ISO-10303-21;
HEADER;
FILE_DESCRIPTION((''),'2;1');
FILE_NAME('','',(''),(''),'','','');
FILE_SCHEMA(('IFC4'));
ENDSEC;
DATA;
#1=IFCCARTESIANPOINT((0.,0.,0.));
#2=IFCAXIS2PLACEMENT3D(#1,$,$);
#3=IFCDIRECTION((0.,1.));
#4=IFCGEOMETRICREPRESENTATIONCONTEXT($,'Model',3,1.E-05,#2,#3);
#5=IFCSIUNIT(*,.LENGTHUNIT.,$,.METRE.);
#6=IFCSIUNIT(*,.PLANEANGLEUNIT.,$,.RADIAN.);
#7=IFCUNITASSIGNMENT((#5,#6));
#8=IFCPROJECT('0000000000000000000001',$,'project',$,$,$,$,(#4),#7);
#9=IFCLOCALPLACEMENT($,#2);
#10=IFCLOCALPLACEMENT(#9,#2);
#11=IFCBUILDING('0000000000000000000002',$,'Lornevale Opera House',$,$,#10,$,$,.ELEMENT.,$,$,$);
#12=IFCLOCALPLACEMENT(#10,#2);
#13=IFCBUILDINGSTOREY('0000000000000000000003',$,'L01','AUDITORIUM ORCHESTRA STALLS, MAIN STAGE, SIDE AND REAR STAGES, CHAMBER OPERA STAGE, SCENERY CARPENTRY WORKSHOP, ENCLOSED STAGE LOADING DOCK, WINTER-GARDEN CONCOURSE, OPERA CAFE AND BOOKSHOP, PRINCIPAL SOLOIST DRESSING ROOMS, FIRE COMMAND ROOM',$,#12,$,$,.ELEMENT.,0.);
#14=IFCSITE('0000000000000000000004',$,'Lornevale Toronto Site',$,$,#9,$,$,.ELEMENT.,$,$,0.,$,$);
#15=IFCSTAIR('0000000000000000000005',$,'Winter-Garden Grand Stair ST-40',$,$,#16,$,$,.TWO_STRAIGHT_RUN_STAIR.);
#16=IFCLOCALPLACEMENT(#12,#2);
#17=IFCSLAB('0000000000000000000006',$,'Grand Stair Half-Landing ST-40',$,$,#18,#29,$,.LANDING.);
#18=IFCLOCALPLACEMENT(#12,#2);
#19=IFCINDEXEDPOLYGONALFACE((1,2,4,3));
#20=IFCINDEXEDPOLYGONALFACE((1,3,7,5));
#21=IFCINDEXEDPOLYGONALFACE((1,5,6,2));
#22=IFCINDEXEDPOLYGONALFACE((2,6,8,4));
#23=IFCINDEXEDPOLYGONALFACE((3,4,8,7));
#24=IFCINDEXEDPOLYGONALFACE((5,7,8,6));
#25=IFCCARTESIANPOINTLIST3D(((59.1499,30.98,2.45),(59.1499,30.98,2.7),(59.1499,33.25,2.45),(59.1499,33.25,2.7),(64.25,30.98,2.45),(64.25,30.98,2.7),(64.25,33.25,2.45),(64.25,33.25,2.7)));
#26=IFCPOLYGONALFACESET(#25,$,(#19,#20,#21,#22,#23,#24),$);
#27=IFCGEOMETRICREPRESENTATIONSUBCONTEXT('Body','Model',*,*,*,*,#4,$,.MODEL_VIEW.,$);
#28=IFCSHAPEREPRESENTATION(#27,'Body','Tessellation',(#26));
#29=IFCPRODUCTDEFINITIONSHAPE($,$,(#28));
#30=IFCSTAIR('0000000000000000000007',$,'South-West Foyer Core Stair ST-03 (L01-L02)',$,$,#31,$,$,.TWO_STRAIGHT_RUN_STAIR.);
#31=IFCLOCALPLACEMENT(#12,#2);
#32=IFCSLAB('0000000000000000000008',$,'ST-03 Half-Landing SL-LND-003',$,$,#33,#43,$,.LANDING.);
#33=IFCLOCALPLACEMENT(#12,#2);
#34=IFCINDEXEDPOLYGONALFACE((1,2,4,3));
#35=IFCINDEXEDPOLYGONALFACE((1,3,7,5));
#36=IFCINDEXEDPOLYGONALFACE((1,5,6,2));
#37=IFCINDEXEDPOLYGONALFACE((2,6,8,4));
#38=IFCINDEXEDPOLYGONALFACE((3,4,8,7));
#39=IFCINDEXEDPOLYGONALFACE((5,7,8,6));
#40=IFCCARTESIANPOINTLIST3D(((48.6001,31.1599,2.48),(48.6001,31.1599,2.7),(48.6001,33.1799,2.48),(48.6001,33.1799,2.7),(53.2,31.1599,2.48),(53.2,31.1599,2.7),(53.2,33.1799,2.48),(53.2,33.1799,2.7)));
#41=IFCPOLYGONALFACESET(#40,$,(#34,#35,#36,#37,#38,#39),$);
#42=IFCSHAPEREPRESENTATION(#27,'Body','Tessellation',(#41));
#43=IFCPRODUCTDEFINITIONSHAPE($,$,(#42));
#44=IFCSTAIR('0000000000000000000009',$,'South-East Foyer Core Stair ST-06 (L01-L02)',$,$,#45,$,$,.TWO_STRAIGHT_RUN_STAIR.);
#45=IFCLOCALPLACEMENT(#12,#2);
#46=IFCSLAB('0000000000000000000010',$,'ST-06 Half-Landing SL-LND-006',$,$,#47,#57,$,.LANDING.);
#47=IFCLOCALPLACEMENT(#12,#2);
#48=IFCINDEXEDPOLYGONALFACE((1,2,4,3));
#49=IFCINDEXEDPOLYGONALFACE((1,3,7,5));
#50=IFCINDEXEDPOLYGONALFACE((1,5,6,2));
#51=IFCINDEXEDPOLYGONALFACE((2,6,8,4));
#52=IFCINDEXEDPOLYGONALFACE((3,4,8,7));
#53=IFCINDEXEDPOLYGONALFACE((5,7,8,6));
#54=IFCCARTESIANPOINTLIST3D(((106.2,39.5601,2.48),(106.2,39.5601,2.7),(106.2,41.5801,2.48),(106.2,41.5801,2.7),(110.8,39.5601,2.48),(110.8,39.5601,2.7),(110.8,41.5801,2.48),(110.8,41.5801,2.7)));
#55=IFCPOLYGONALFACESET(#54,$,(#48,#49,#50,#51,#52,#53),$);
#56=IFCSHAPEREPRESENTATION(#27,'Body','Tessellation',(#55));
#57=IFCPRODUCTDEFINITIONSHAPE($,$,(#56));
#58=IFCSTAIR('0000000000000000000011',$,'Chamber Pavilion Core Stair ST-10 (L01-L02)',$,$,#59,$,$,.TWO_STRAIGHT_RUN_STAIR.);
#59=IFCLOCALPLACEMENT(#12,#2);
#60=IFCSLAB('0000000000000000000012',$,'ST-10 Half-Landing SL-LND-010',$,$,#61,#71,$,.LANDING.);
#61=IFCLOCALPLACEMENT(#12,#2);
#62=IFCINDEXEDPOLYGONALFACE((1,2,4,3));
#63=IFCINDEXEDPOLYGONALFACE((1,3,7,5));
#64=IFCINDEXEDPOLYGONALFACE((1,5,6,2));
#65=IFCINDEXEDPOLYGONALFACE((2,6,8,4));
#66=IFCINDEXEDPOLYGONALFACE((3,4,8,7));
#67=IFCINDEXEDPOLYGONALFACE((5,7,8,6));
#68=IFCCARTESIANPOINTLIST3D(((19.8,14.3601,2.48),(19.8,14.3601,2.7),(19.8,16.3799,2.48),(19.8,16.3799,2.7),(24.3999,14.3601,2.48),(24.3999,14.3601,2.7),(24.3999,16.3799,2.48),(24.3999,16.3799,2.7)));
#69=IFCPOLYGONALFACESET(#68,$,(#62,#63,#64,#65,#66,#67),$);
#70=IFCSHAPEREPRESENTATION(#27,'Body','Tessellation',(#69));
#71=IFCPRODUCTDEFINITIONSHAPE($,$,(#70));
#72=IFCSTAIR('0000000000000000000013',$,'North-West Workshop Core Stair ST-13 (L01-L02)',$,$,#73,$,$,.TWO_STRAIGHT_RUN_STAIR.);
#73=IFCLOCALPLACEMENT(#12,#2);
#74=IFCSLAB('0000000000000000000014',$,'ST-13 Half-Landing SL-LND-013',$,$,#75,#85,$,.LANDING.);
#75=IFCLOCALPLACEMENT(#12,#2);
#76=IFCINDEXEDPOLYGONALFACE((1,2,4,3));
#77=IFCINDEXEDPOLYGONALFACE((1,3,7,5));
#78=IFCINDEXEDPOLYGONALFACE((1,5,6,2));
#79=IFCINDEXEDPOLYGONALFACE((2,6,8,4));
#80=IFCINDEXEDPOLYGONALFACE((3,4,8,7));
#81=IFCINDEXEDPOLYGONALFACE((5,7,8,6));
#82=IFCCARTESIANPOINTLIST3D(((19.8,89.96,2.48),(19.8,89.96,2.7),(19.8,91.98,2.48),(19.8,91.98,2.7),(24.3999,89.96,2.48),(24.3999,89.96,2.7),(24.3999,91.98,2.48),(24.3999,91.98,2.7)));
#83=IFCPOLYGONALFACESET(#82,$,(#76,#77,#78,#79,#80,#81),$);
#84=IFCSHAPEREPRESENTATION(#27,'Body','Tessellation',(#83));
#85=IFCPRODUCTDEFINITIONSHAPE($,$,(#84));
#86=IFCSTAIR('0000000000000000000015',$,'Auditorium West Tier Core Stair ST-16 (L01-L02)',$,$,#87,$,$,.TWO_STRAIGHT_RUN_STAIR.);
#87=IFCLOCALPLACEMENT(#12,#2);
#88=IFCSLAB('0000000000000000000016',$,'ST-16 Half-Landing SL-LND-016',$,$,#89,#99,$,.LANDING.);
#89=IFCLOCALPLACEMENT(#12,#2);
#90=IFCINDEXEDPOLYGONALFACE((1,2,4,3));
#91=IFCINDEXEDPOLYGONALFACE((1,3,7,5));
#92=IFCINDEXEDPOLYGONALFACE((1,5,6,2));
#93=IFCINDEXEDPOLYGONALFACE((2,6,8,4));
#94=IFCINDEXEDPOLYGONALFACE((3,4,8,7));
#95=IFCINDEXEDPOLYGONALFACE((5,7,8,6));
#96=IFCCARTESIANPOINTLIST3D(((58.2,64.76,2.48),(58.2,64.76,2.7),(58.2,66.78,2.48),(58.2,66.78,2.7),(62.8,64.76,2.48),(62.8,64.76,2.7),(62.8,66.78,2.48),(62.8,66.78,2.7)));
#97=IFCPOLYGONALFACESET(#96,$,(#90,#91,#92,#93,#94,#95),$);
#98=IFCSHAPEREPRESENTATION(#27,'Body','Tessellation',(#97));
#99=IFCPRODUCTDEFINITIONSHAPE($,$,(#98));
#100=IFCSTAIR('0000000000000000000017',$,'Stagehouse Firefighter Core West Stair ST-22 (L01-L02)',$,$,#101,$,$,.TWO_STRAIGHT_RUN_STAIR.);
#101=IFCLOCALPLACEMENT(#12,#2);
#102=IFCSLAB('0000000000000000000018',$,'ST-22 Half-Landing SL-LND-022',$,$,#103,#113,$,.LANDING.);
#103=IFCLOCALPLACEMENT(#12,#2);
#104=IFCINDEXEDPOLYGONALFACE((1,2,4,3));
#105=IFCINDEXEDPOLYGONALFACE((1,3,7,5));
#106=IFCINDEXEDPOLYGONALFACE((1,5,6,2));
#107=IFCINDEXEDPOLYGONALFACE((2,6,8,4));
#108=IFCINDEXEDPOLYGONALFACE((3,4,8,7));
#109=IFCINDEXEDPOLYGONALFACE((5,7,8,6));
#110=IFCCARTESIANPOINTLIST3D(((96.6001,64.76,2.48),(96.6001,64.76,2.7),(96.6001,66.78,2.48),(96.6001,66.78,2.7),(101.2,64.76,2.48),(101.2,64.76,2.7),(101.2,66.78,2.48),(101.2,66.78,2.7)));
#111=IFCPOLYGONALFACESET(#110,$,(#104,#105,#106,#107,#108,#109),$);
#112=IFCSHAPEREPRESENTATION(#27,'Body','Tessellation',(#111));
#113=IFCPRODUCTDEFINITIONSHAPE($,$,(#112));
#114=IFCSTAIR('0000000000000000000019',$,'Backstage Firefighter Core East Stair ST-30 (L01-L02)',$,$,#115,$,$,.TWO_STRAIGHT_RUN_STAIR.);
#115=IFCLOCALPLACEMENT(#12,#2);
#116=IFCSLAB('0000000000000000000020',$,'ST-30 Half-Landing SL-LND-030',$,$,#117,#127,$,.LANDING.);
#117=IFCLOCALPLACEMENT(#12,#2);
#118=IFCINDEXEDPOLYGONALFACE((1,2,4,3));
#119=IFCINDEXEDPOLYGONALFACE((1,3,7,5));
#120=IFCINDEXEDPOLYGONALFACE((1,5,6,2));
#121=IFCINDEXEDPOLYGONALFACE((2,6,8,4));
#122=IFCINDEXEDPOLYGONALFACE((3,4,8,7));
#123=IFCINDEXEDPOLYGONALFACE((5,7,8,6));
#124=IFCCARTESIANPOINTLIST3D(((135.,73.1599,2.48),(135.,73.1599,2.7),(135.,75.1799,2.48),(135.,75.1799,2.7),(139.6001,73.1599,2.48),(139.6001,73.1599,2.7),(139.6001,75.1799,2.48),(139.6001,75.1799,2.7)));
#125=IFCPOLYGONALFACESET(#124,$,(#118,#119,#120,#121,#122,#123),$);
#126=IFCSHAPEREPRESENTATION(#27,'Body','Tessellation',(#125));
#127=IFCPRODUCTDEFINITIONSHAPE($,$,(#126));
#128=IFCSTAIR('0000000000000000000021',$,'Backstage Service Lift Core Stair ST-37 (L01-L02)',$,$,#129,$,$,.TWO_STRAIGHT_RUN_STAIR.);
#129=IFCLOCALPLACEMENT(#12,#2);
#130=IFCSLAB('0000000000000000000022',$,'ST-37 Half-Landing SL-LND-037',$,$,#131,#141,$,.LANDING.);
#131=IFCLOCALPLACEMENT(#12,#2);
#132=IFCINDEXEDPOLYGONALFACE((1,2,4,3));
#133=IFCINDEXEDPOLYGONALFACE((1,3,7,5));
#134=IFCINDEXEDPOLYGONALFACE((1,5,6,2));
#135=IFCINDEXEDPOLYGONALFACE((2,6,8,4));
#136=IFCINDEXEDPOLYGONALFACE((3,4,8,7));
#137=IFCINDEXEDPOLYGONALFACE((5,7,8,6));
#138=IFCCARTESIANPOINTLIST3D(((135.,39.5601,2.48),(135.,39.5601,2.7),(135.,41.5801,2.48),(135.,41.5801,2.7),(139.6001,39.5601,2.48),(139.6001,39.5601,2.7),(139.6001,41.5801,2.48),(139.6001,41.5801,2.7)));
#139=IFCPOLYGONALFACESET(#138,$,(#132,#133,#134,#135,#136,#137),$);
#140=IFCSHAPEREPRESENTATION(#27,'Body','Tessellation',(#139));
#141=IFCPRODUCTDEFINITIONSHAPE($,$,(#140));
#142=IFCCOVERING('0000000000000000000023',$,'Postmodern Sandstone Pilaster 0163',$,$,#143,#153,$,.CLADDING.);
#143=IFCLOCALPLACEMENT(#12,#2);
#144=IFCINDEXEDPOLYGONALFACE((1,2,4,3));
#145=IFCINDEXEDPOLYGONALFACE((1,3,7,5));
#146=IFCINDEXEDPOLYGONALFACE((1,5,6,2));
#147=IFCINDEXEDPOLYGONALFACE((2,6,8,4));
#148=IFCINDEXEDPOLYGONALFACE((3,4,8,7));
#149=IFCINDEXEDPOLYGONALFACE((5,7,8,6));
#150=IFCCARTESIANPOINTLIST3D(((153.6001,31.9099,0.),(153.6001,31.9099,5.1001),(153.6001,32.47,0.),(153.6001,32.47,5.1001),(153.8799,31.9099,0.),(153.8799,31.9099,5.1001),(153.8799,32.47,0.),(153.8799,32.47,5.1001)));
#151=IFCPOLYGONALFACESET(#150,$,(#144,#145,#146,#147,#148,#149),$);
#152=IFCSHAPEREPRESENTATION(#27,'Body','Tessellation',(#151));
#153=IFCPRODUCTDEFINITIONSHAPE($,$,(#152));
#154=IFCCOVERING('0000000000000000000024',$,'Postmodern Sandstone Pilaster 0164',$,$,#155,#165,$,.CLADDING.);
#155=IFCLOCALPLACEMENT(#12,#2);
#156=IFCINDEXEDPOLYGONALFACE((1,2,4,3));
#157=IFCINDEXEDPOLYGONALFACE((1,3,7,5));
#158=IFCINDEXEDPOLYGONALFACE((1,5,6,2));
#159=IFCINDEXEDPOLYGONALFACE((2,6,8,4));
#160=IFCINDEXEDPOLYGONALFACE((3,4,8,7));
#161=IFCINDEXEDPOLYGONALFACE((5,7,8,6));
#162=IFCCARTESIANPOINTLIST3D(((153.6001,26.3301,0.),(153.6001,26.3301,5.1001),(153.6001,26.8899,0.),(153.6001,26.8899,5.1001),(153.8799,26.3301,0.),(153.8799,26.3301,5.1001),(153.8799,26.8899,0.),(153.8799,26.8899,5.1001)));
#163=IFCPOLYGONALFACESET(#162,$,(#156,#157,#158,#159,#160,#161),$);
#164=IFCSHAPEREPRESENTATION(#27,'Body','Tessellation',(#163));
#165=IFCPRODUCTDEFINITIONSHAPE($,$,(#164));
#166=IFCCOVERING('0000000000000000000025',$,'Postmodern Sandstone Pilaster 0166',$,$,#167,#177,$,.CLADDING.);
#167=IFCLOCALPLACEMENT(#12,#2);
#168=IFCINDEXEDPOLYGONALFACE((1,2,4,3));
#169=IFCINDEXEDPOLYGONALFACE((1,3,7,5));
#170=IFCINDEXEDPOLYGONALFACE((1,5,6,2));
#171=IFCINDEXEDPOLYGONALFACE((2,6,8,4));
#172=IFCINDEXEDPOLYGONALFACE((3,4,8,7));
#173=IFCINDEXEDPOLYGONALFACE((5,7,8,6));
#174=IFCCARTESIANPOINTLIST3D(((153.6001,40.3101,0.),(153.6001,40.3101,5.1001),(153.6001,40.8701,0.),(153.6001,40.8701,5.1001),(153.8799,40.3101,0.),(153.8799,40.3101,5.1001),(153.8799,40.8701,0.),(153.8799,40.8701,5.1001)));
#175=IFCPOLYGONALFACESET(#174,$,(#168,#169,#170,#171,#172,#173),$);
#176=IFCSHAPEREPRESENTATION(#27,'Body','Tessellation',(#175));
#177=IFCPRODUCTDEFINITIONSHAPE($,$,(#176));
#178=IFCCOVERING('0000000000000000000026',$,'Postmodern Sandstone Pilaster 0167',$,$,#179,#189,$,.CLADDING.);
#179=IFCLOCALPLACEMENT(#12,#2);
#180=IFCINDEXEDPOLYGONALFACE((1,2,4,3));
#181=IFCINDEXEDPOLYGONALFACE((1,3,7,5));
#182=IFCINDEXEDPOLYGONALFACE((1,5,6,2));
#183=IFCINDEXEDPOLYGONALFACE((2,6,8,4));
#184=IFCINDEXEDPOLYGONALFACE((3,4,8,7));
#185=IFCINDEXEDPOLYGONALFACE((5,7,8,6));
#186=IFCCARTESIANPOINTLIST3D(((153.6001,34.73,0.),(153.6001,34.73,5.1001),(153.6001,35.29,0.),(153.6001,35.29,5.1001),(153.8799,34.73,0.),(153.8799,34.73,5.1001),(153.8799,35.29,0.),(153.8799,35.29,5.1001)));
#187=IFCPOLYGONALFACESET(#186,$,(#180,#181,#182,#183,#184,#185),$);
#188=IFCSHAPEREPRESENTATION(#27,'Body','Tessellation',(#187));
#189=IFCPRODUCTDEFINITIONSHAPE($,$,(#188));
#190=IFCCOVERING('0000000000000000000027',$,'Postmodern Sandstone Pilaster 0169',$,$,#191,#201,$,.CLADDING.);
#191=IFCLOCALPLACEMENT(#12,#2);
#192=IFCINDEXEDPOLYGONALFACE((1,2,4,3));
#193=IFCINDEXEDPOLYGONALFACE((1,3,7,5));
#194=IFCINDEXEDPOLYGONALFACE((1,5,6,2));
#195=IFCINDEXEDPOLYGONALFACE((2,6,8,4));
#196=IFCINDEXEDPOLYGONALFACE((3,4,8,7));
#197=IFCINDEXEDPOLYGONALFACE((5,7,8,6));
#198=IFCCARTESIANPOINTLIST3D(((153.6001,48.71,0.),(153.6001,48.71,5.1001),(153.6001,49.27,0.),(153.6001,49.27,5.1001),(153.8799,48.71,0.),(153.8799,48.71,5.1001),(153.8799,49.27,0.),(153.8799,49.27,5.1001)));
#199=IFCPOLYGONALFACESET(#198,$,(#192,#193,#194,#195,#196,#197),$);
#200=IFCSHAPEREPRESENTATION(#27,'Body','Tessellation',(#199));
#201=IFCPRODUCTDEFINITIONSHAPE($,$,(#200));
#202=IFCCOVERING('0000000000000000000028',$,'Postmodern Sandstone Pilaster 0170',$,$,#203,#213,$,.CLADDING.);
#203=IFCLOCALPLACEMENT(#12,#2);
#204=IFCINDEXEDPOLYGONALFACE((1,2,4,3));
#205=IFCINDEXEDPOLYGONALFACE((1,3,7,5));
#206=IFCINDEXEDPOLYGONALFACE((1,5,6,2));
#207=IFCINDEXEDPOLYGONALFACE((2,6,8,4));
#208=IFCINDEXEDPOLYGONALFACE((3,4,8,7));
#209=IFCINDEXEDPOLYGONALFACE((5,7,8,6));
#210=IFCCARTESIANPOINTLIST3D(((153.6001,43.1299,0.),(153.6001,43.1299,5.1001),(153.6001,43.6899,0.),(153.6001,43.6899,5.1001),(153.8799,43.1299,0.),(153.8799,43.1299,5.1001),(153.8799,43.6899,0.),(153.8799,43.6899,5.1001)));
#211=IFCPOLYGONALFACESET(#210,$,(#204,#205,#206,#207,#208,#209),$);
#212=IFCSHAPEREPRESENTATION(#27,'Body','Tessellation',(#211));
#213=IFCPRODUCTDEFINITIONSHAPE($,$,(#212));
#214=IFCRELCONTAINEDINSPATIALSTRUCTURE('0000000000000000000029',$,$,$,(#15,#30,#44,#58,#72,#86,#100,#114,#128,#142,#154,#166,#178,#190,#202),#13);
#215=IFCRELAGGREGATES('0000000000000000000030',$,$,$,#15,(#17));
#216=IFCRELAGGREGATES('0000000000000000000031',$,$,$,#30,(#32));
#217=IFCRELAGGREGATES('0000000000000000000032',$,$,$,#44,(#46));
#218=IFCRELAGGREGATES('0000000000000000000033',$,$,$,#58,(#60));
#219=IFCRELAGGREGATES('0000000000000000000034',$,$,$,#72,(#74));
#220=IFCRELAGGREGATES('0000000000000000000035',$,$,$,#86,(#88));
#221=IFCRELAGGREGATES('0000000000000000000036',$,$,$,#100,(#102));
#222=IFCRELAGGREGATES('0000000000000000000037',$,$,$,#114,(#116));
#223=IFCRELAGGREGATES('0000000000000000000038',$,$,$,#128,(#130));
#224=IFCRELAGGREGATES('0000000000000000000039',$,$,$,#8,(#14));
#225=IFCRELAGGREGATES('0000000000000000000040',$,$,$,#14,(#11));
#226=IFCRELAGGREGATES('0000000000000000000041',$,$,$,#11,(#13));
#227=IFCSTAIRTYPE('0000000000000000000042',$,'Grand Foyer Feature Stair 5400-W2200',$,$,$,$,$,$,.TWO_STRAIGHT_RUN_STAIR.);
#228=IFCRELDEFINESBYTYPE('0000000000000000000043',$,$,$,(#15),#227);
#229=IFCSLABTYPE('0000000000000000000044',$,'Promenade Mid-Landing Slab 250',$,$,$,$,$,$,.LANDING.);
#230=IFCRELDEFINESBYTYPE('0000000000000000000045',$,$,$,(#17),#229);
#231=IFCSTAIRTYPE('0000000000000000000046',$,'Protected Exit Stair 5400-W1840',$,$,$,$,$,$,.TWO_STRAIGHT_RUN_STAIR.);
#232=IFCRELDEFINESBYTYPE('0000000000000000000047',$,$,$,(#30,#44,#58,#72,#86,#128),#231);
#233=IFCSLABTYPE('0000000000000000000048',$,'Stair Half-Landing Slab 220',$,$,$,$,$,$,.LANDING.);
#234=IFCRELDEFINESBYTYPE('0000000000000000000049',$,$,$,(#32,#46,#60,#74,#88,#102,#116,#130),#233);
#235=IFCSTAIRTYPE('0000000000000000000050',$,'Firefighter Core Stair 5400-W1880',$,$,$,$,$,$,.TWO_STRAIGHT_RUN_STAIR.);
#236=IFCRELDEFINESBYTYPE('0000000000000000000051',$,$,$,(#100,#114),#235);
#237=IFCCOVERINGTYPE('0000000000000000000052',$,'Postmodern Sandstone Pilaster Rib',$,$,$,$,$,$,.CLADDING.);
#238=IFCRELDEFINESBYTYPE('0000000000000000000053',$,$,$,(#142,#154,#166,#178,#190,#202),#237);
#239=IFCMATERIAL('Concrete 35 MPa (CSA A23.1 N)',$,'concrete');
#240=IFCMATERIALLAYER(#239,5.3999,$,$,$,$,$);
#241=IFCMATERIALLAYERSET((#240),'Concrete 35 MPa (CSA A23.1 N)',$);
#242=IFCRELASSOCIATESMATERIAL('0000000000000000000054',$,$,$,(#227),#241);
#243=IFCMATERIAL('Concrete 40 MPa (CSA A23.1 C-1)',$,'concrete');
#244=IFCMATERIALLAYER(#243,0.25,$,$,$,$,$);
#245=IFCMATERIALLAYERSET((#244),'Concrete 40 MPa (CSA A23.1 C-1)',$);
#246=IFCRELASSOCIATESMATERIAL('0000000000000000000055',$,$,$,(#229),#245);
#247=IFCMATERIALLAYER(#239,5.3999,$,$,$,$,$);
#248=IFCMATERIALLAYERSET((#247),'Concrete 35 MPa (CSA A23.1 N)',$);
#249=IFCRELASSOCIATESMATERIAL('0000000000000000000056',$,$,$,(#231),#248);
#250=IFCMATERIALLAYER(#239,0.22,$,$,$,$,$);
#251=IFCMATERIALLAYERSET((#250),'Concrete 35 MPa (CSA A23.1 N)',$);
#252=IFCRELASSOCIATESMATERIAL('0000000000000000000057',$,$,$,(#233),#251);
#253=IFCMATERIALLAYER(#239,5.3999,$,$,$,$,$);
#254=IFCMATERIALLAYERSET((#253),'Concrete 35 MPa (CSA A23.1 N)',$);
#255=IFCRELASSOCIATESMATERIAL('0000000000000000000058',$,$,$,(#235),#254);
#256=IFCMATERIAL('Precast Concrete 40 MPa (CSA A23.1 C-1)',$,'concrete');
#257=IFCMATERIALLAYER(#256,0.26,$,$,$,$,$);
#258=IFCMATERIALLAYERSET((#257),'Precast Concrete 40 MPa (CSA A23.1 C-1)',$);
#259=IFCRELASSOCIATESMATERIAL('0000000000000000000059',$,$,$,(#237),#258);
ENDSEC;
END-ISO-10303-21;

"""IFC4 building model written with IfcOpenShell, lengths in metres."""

from ifc_helpers import new_model, si_unit, direction, frame, origin, place, context, subcontext, project, spatial, polyline, outline, extrude, material, layer, layer_set, type_object, element, aggregate, save


model = new_model("IFC4")

# Units and contexts
model_context = context("Model", 3, precision=1e-05, world=origin(), true_north=direction((0.0, 1.0)))
body_context = subcontext(model_context, "Body", "Model", "MODEL_VIEW")
ifc_project = project(units=[si_unit("LENGTHUNIT", "METRE"), si_unit("PLANEANGLEUNIT", "RADIAN")], contexts=[model_context])

# Site, building, storey
site_placement = place(None, origin())
site = spatial("IfcSite", under=ifc_project, at=site_placement, Name="Lornevale Toronto Site", CompositionType="ELEMENT", RefElevation=0.0)
building_placement = place(site_placement, origin())
building = spatial("IfcBuilding", under=site, at=building_placement, Name="Lornevale Opera House", CompositionType="ELEMENT")
storey_placement = place(building_placement, origin())
storey = spatial("IfcBuildingStorey", under=building, at=storey_placement, Name="L01", Description="AUDITORIUM ORCHESTRA STALLS, MAIN STAGE, SIDE AND REAR STAGES, CHAMBER OPERA STAGE, SCENERY CARPENTRY WORKSHOP, ENCLOSED STAGE LOADING DOCK, WINTER-GARDEN CONCOURSE, OPERA CAFE AND BOOKSHOP, PRINCIPAL SOLOIST DRESSING ROOMS, FIRE COMMAND ROOM", CompositionType="ELEMENT", Elevation=0.0)

# Stairs, slabs
ifc_material_1 = material(Name="Concrete 35 MPa (CSA A23.1 N)", Category="concrete")
ifc_layer_1 = layer(ifc_material_1, 5.3999)
ifc_layer_set_1 = layer_set([ifc_layer_1], Name="Concrete 35 MPa (CSA A23.1 N)")
stair_type_1 = type_object("IfcStairType", Name="Grand Foyer Feature Stair 5400-W2200", PredefinedType="TWO_STRAIGHT_RUN_STAIR", material=ifc_layer_set_1)
stair_1_placement = place(storey_placement, origin())
stair_1 = element("IfcStair", 1, at=stair_1_placement, inside=storey, type_object=stair_type_1, Name="Winter-Garden Grand Stair ST-40", PredefinedType="TWO_STRAIGHT_RUN_STAIR")
ifc_material_2 = material(Name="Concrete 40 MPa (CSA A23.1 C-1)", Category="concrete")
ifc_layer_2 = layer(ifc_material_2, 0.25)
ifc_layer_set_2 = layer_set([ifc_layer_2], Name="Concrete 40 MPa (CSA A23.1 C-1)")
slab_type_1 = type_object("IfcSlabType", Name="Promenade Mid-Landing Slab 250", PredefinedType="LANDING", material=ifc_layer_set_2)
slab_1_placement = place(storey_placement, frame((0.0, 0.0, 2.45)))
slab_1 = element("IfcSlab", 2, at=slab_1_placement, type_object=slab_type_1, Name="Grand Stair Half-Landing ST-40", PredefinedType="LANDING", context=body_context, shape_type="SweptSolid", body=[
    extrude(outline(polyline([(59.1499, 30.98), (64.25, 30.98), (64.25, 33.25), (59.1499, 33.25), (59.1499, 30.98)])), origin(), (0.0, 0.0, 1.0), 0.25),
])
aggregate(stair_1, [slab_1])
ifc_layer_3 = layer(ifc_material_1, 5.3999)
ifc_layer_set_3 = layer_set([ifc_layer_3], Name="Concrete 35 MPa (CSA A23.1 N)")
stair_type_2 = type_object("IfcStairType", Name="Protected Exit Stair 5400-W1840", PredefinedType="TWO_STRAIGHT_RUN_STAIR", material=ifc_layer_set_3)
stair_2_placement = place(storey_placement, origin())
stair_2 = element("IfcStair", 3, at=stair_2_placement, inside=storey, type_object=stair_type_2, Name="South-West Foyer Core Stair ST-03 (L01-L02)", PredefinedType="TWO_STRAIGHT_RUN_STAIR")
ifc_layer_4 = layer(ifc_material_1, 0.22)
ifc_layer_set_4 = layer_set([ifc_layer_4], Name="Concrete 35 MPa (CSA A23.1 N)")
slab_type_2 = type_object("IfcSlabType", Name="Stair Half-Landing Slab 220", PredefinedType="LANDING", material=ifc_layer_set_4)
slab_2_placement = place(storey_placement, frame((0.0, 0.0, 2.48)))
slab_2 = element("IfcSlab", 4, at=slab_2_placement, type_object=slab_type_2, Name="ST-03 Half-Landing SL-LND-003", PredefinedType="LANDING", context=body_context, shape_type="SweptSolid", body=[
    extrude(outline(polyline([(48.6001, 31.1599), (53.2, 31.1599), (53.2, 33.1799), (48.6001, 33.1799), (48.6001, 31.1599)])), origin(), (0.0, 0.0, 1.0), 0.22),
])
aggregate(stair_2, [slab_2])
stair_3_placement = place(storey_placement, origin())
stair_3 = element("IfcStair", 5, at=stair_3_placement, inside=storey, type_object=stair_type_2, Name="South-East Foyer Core Stair ST-06 (L01-L02)", PredefinedType="TWO_STRAIGHT_RUN_STAIR")
slab_3_placement = place(storey_placement, frame((0.0, 0.0, 2.48)))
slab_3 = element("IfcSlab", 6, at=slab_3_placement, type_object=slab_type_2, Name="ST-06 Half-Landing SL-LND-006", PredefinedType="LANDING", context=body_context, shape_type="SweptSolid", body=[
    extrude(outline(polyline([(106.2, 39.5601), (110.8, 39.5601), (110.8, 41.5801), (106.2, 41.5801), (106.2, 39.5601)])), origin(), (0.0, 0.0, 1.0), 0.22),
])
aggregate(stair_3, [slab_3])
stair_4_placement = place(storey_placement, origin())
stair_4 = element("IfcStair", 7, at=stair_4_placement, inside=storey, type_object=stair_type_2, Name="Chamber Pavilion Core Stair ST-10 (L01-L02)", PredefinedType="TWO_STRAIGHT_RUN_STAIR")
slab_4_placement = place(storey_placement, frame((0.0, 0.0, 2.48)))
slab_4 = element("IfcSlab", 8, at=slab_4_placement, type_object=slab_type_2, Name="ST-10 Half-Landing SL-LND-010", PredefinedType="LANDING", context=body_context, shape_type="SweptSolid", body=[
    extrude(outline(polyline([(19.8, 14.3601), (24.3999, 14.3601), (24.3999, 16.3799), (19.8, 16.3799), (19.8, 14.3601)])), origin(), (0.0, 0.0, 1.0), 0.22),
])
aggregate(stair_4, [slab_4])
stair_5_placement = place(storey_placement, origin())
stair_5 = element("IfcStair", 9, at=stair_5_placement, inside=storey, type_object=stair_type_2, Name="North-West Workshop Core Stair ST-13 (L01-L02)", PredefinedType="TWO_STRAIGHT_RUN_STAIR")
slab_5_placement = place(storey_placement, frame((0.0, 0.0, 2.48)))
slab_5 = element("IfcSlab", 10, at=slab_5_placement, type_object=slab_type_2, Name="ST-13 Half-Landing SL-LND-013", PredefinedType="LANDING", context=body_context, shape_type="SweptSolid", body=[
    extrude(outline(polyline([(19.8, 89.96), (24.3999, 89.96), (24.3999, 91.98), (19.8, 91.98), (19.8, 89.96)])), origin(), (0.0, 0.0, 1.0), 0.22),
])
aggregate(stair_5, [slab_5])
stair_6_placement = place(storey_placement, origin())
stair_6 = element("IfcStair", 11, at=stair_6_placement, inside=storey, type_object=stair_type_2, Name="Auditorium West Tier Core Stair ST-16 (L01-L02)", PredefinedType="TWO_STRAIGHT_RUN_STAIR")
slab_6_placement = place(storey_placement, frame((0.0, 0.0, 2.48)))
slab_6 = element("IfcSlab", 12, at=slab_6_placement, type_object=slab_type_2, Name="ST-16 Half-Landing SL-LND-016", PredefinedType="LANDING", context=body_context, shape_type="SweptSolid", body=[
    extrude(outline(polyline([(58.2, 64.76), (62.8, 64.76), (62.8, 66.78), (58.2, 66.78), (58.2, 64.76)])), origin(), (0.0, 0.0, 1.0), 0.22),
])
aggregate(stair_6, [slab_6])
ifc_layer_5 = layer(ifc_material_1, 5.3999)
ifc_layer_set_5 = layer_set([ifc_layer_5], Name="Concrete 35 MPa (CSA A23.1 N)")
stair_type_3 = type_object("IfcStairType", Name="Firefighter Core Stair 5400-W1880", PredefinedType="TWO_STRAIGHT_RUN_STAIR", material=ifc_layer_set_5)
stair_7_placement = place(storey_placement, origin())
stair_7 = element("IfcStair", 13, at=stair_7_placement, inside=storey, type_object=stair_type_3, Name="Stagehouse Firefighter Core West Stair ST-22 (L01-L02)", PredefinedType="TWO_STRAIGHT_RUN_STAIR")
slab_7_placement = place(storey_placement, frame((0.0, 0.0, 2.48)))
slab_7 = element("IfcSlab", 14, at=slab_7_placement, type_object=slab_type_2, Name="ST-22 Half-Landing SL-LND-022", PredefinedType="LANDING", context=body_context, shape_type="SweptSolid", body=[
    extrude(outline(polyline([(96.6001, 64.76), (101.2, 64.76), (101.2, 66.78), (96.6001, 66.78), (96.6001, 64.76)])), origin(), (0.0, 0.0, 1.0), 0.22),
])
aggregate(stair_7, [slab_7])
stair_8_placement = place(storey_placement, origin())
stair_8 = element("IfcStair", 15, at=stair_8_placement, inside=storey, type_object=stair_type_3, Name="Backstage Firefighter Core East Stair ST-30 (L01-L02)", PredefinedType="TWO_STRAIGHT_RUN_STAIR")
slab_8_placement = place(storey_placement, frame((0.0, 0.0, 2.48)))
slab_8 = element("IfcSlab", 16, at=slab_8_placement, type_object=slab_type_2, Name="ST-30 Half-Landing SL-LND-030", PredefinedType="LANDING", context=body_context, shape_type="SweptSolid", body=[
    extrude(outline(polyline([(135.0, 73.1599), (139.6001, 73.1599), (139.6001, 75.1799), (135.0, 75.1799), (135.0, 73.1599)])), origin(), (0.0, 0.0, 1.0), 0.22),
])
aggregate(stair_8, [slab_8])
stair_9_placement = place(storey_placement, origin())
stair_9 = element("IfcStair", 17, at=stair_9_placement, inside=storey, type_object=stair_type_2, Name="Backstage Service Lift Core Stair ST-37 (L01-L02)", PredefinedType="TWO_STRAIGHT_RUN_STAIR")
slab_9_placement = place(storey_placement, frame((0.0, 0.0, 2.48)))
slab_9 = element("IfcSlab", 18, at=slab_9_placement, type_object=slab_type_2, Name="ST-37 Half-Landing SL-LND-037", PredefinedType="LANDING", context=body_context, shape_type="SweptSolid", body=[
    extrude(outline(polyline([(135.0, 39.5601), (139.6001, 39.5601), (139.6001, 41.5801), (135.0, 41.5801), (135.0, 39.5601)])), origin(), (0.0, 0.0, 1.0), 0.22),
])
aggregate(stair_9, [slab_9])

# Coverings
ifc_material_3 = material(Name="Precast Concrete 40 MPa (CSA A23.1 C-1)", Category="concrete")
ifc_layer_6 = layer(ifc_material_3, 0.26)
ifc_layer_set_6 = layer_set([ifc_layer_6], Name="Precast Concrete 40 MPa (CSA A23.1 C-1)")
covering_type_1 = type_object("IfcCoveringType", Name="Postmodern Sandstone Pilaster Rib", PredefinedType="CLADDING", material=ifc_layer_set_6)
covering_1_placement = place(storey_placement, origin())
element("IfcCovering", 19, at=covering_1_placement, inside=storey, type_object=covering_type_1, Name="Postmodern Sandstone Pilaster 0163", PredefinedType="CLADDING", context=body_context, shape_type="SweptSolid", body=[
    extrude(outline(polyline([(153.6001, 32.47), (153.6001, 31.9099), (153.8799, 31.9099), (153.8799, 32.47), (153.6001, 32.47)])), origin(), (0.0, 0.0, 1.0), 5.1001),
])
covering_2_placement = place(storey_placement, origin())
element("IfcCovering", 20, at=covering_2_placement, inside=storey, type_object=covering_type_1, Name="Postmodern Sandstone Pilaster 0164", PredefinedType="CLADDING", context=body_context, shape_type="SweptSolid", body=[
    extrude(outline(polyline([(153.6001, 26.8899), (153.6001, 26.3301), (153.8799, 26.3301), (153.8799, 26.8899), (153.6001, 26.8899)])), origin(), (0.0, 0.0, 1.0), 5.1001),
])
covering_3_placement = place(storey_placement, origin())
element("IfcCovering", 21, at=covering_3_placement, inside=storey, type_object=covering_type_1, Name="Postmodern Sandstone Pilaster 0166", PredefinedType="CLADDING", context=body_context, shape_type="SweptSolid", body=[
    extrude(outline(polyline([(153.6001, 40.8701), (153.6001, 40.3101), (153.8799, 40.3101), (153.8799, 40.8701), (153.6001, 40.8701)])), origin(), (0.0, 0.0, 1.0), 5.1001),
])
covering_4_placement = place(storey_placement, origin())
element("IfcCovering", 22, at=covering_4_placement, inside=storey, type_object=covering_type_1, Name="Postmodern Sandstone Pilaster 0167", PredefinedType="CLADDING", context=body_context, shape_type="SweptSolid", body=[
    extrude(outline(polyline([(153.6001, 35.29), (153.6001, 34.73), (153.8799, 34.73), (153.8799, 35.29), (153.6001, 35.29)])), origin(), (0.0, 0.0, 1.0), 5.1001),
])
covering_5_placement = place(storey_placement, origin())
element("IfcCovering", 23, at=covering_5_placement, inside=storey, type_object=covering_type_1, Name="Postmodern Sandstone Pilaster 0169", PredefinedType="CLADDING", context=body_context, shape_type="SweptSolid", body=[
    extrude(outline(polyline([(153.6001, 49.27), (153.6001, 48.71), (153.8799, 48.71), (153.8799, 49.27), (153.6001, 49.27)])), origin(), (0.0, 0.0, 1.0), 5.1001),
])
covering_6_placement = place(storey_placement, origin())
element("IfcCovering", 24, at=covering_6_placement, inside=storey, type_object=covering_type_1, Name="Postmodern Sandstone Pilaster 0170", PredefinedType="CLADDING", context=body_context, shape_type="SweptSolid", body=[
    extrude(outline(polyline([(153.6001, 43.6899), (153.6001, 43.1299), (153.8799, 43.1299), (153.8799, 43.6899), (153.6001, 43.6899)])), origin(), (0.0, 0.0, 1.0), 5.1001),
])

save(model, "model.ifc")
